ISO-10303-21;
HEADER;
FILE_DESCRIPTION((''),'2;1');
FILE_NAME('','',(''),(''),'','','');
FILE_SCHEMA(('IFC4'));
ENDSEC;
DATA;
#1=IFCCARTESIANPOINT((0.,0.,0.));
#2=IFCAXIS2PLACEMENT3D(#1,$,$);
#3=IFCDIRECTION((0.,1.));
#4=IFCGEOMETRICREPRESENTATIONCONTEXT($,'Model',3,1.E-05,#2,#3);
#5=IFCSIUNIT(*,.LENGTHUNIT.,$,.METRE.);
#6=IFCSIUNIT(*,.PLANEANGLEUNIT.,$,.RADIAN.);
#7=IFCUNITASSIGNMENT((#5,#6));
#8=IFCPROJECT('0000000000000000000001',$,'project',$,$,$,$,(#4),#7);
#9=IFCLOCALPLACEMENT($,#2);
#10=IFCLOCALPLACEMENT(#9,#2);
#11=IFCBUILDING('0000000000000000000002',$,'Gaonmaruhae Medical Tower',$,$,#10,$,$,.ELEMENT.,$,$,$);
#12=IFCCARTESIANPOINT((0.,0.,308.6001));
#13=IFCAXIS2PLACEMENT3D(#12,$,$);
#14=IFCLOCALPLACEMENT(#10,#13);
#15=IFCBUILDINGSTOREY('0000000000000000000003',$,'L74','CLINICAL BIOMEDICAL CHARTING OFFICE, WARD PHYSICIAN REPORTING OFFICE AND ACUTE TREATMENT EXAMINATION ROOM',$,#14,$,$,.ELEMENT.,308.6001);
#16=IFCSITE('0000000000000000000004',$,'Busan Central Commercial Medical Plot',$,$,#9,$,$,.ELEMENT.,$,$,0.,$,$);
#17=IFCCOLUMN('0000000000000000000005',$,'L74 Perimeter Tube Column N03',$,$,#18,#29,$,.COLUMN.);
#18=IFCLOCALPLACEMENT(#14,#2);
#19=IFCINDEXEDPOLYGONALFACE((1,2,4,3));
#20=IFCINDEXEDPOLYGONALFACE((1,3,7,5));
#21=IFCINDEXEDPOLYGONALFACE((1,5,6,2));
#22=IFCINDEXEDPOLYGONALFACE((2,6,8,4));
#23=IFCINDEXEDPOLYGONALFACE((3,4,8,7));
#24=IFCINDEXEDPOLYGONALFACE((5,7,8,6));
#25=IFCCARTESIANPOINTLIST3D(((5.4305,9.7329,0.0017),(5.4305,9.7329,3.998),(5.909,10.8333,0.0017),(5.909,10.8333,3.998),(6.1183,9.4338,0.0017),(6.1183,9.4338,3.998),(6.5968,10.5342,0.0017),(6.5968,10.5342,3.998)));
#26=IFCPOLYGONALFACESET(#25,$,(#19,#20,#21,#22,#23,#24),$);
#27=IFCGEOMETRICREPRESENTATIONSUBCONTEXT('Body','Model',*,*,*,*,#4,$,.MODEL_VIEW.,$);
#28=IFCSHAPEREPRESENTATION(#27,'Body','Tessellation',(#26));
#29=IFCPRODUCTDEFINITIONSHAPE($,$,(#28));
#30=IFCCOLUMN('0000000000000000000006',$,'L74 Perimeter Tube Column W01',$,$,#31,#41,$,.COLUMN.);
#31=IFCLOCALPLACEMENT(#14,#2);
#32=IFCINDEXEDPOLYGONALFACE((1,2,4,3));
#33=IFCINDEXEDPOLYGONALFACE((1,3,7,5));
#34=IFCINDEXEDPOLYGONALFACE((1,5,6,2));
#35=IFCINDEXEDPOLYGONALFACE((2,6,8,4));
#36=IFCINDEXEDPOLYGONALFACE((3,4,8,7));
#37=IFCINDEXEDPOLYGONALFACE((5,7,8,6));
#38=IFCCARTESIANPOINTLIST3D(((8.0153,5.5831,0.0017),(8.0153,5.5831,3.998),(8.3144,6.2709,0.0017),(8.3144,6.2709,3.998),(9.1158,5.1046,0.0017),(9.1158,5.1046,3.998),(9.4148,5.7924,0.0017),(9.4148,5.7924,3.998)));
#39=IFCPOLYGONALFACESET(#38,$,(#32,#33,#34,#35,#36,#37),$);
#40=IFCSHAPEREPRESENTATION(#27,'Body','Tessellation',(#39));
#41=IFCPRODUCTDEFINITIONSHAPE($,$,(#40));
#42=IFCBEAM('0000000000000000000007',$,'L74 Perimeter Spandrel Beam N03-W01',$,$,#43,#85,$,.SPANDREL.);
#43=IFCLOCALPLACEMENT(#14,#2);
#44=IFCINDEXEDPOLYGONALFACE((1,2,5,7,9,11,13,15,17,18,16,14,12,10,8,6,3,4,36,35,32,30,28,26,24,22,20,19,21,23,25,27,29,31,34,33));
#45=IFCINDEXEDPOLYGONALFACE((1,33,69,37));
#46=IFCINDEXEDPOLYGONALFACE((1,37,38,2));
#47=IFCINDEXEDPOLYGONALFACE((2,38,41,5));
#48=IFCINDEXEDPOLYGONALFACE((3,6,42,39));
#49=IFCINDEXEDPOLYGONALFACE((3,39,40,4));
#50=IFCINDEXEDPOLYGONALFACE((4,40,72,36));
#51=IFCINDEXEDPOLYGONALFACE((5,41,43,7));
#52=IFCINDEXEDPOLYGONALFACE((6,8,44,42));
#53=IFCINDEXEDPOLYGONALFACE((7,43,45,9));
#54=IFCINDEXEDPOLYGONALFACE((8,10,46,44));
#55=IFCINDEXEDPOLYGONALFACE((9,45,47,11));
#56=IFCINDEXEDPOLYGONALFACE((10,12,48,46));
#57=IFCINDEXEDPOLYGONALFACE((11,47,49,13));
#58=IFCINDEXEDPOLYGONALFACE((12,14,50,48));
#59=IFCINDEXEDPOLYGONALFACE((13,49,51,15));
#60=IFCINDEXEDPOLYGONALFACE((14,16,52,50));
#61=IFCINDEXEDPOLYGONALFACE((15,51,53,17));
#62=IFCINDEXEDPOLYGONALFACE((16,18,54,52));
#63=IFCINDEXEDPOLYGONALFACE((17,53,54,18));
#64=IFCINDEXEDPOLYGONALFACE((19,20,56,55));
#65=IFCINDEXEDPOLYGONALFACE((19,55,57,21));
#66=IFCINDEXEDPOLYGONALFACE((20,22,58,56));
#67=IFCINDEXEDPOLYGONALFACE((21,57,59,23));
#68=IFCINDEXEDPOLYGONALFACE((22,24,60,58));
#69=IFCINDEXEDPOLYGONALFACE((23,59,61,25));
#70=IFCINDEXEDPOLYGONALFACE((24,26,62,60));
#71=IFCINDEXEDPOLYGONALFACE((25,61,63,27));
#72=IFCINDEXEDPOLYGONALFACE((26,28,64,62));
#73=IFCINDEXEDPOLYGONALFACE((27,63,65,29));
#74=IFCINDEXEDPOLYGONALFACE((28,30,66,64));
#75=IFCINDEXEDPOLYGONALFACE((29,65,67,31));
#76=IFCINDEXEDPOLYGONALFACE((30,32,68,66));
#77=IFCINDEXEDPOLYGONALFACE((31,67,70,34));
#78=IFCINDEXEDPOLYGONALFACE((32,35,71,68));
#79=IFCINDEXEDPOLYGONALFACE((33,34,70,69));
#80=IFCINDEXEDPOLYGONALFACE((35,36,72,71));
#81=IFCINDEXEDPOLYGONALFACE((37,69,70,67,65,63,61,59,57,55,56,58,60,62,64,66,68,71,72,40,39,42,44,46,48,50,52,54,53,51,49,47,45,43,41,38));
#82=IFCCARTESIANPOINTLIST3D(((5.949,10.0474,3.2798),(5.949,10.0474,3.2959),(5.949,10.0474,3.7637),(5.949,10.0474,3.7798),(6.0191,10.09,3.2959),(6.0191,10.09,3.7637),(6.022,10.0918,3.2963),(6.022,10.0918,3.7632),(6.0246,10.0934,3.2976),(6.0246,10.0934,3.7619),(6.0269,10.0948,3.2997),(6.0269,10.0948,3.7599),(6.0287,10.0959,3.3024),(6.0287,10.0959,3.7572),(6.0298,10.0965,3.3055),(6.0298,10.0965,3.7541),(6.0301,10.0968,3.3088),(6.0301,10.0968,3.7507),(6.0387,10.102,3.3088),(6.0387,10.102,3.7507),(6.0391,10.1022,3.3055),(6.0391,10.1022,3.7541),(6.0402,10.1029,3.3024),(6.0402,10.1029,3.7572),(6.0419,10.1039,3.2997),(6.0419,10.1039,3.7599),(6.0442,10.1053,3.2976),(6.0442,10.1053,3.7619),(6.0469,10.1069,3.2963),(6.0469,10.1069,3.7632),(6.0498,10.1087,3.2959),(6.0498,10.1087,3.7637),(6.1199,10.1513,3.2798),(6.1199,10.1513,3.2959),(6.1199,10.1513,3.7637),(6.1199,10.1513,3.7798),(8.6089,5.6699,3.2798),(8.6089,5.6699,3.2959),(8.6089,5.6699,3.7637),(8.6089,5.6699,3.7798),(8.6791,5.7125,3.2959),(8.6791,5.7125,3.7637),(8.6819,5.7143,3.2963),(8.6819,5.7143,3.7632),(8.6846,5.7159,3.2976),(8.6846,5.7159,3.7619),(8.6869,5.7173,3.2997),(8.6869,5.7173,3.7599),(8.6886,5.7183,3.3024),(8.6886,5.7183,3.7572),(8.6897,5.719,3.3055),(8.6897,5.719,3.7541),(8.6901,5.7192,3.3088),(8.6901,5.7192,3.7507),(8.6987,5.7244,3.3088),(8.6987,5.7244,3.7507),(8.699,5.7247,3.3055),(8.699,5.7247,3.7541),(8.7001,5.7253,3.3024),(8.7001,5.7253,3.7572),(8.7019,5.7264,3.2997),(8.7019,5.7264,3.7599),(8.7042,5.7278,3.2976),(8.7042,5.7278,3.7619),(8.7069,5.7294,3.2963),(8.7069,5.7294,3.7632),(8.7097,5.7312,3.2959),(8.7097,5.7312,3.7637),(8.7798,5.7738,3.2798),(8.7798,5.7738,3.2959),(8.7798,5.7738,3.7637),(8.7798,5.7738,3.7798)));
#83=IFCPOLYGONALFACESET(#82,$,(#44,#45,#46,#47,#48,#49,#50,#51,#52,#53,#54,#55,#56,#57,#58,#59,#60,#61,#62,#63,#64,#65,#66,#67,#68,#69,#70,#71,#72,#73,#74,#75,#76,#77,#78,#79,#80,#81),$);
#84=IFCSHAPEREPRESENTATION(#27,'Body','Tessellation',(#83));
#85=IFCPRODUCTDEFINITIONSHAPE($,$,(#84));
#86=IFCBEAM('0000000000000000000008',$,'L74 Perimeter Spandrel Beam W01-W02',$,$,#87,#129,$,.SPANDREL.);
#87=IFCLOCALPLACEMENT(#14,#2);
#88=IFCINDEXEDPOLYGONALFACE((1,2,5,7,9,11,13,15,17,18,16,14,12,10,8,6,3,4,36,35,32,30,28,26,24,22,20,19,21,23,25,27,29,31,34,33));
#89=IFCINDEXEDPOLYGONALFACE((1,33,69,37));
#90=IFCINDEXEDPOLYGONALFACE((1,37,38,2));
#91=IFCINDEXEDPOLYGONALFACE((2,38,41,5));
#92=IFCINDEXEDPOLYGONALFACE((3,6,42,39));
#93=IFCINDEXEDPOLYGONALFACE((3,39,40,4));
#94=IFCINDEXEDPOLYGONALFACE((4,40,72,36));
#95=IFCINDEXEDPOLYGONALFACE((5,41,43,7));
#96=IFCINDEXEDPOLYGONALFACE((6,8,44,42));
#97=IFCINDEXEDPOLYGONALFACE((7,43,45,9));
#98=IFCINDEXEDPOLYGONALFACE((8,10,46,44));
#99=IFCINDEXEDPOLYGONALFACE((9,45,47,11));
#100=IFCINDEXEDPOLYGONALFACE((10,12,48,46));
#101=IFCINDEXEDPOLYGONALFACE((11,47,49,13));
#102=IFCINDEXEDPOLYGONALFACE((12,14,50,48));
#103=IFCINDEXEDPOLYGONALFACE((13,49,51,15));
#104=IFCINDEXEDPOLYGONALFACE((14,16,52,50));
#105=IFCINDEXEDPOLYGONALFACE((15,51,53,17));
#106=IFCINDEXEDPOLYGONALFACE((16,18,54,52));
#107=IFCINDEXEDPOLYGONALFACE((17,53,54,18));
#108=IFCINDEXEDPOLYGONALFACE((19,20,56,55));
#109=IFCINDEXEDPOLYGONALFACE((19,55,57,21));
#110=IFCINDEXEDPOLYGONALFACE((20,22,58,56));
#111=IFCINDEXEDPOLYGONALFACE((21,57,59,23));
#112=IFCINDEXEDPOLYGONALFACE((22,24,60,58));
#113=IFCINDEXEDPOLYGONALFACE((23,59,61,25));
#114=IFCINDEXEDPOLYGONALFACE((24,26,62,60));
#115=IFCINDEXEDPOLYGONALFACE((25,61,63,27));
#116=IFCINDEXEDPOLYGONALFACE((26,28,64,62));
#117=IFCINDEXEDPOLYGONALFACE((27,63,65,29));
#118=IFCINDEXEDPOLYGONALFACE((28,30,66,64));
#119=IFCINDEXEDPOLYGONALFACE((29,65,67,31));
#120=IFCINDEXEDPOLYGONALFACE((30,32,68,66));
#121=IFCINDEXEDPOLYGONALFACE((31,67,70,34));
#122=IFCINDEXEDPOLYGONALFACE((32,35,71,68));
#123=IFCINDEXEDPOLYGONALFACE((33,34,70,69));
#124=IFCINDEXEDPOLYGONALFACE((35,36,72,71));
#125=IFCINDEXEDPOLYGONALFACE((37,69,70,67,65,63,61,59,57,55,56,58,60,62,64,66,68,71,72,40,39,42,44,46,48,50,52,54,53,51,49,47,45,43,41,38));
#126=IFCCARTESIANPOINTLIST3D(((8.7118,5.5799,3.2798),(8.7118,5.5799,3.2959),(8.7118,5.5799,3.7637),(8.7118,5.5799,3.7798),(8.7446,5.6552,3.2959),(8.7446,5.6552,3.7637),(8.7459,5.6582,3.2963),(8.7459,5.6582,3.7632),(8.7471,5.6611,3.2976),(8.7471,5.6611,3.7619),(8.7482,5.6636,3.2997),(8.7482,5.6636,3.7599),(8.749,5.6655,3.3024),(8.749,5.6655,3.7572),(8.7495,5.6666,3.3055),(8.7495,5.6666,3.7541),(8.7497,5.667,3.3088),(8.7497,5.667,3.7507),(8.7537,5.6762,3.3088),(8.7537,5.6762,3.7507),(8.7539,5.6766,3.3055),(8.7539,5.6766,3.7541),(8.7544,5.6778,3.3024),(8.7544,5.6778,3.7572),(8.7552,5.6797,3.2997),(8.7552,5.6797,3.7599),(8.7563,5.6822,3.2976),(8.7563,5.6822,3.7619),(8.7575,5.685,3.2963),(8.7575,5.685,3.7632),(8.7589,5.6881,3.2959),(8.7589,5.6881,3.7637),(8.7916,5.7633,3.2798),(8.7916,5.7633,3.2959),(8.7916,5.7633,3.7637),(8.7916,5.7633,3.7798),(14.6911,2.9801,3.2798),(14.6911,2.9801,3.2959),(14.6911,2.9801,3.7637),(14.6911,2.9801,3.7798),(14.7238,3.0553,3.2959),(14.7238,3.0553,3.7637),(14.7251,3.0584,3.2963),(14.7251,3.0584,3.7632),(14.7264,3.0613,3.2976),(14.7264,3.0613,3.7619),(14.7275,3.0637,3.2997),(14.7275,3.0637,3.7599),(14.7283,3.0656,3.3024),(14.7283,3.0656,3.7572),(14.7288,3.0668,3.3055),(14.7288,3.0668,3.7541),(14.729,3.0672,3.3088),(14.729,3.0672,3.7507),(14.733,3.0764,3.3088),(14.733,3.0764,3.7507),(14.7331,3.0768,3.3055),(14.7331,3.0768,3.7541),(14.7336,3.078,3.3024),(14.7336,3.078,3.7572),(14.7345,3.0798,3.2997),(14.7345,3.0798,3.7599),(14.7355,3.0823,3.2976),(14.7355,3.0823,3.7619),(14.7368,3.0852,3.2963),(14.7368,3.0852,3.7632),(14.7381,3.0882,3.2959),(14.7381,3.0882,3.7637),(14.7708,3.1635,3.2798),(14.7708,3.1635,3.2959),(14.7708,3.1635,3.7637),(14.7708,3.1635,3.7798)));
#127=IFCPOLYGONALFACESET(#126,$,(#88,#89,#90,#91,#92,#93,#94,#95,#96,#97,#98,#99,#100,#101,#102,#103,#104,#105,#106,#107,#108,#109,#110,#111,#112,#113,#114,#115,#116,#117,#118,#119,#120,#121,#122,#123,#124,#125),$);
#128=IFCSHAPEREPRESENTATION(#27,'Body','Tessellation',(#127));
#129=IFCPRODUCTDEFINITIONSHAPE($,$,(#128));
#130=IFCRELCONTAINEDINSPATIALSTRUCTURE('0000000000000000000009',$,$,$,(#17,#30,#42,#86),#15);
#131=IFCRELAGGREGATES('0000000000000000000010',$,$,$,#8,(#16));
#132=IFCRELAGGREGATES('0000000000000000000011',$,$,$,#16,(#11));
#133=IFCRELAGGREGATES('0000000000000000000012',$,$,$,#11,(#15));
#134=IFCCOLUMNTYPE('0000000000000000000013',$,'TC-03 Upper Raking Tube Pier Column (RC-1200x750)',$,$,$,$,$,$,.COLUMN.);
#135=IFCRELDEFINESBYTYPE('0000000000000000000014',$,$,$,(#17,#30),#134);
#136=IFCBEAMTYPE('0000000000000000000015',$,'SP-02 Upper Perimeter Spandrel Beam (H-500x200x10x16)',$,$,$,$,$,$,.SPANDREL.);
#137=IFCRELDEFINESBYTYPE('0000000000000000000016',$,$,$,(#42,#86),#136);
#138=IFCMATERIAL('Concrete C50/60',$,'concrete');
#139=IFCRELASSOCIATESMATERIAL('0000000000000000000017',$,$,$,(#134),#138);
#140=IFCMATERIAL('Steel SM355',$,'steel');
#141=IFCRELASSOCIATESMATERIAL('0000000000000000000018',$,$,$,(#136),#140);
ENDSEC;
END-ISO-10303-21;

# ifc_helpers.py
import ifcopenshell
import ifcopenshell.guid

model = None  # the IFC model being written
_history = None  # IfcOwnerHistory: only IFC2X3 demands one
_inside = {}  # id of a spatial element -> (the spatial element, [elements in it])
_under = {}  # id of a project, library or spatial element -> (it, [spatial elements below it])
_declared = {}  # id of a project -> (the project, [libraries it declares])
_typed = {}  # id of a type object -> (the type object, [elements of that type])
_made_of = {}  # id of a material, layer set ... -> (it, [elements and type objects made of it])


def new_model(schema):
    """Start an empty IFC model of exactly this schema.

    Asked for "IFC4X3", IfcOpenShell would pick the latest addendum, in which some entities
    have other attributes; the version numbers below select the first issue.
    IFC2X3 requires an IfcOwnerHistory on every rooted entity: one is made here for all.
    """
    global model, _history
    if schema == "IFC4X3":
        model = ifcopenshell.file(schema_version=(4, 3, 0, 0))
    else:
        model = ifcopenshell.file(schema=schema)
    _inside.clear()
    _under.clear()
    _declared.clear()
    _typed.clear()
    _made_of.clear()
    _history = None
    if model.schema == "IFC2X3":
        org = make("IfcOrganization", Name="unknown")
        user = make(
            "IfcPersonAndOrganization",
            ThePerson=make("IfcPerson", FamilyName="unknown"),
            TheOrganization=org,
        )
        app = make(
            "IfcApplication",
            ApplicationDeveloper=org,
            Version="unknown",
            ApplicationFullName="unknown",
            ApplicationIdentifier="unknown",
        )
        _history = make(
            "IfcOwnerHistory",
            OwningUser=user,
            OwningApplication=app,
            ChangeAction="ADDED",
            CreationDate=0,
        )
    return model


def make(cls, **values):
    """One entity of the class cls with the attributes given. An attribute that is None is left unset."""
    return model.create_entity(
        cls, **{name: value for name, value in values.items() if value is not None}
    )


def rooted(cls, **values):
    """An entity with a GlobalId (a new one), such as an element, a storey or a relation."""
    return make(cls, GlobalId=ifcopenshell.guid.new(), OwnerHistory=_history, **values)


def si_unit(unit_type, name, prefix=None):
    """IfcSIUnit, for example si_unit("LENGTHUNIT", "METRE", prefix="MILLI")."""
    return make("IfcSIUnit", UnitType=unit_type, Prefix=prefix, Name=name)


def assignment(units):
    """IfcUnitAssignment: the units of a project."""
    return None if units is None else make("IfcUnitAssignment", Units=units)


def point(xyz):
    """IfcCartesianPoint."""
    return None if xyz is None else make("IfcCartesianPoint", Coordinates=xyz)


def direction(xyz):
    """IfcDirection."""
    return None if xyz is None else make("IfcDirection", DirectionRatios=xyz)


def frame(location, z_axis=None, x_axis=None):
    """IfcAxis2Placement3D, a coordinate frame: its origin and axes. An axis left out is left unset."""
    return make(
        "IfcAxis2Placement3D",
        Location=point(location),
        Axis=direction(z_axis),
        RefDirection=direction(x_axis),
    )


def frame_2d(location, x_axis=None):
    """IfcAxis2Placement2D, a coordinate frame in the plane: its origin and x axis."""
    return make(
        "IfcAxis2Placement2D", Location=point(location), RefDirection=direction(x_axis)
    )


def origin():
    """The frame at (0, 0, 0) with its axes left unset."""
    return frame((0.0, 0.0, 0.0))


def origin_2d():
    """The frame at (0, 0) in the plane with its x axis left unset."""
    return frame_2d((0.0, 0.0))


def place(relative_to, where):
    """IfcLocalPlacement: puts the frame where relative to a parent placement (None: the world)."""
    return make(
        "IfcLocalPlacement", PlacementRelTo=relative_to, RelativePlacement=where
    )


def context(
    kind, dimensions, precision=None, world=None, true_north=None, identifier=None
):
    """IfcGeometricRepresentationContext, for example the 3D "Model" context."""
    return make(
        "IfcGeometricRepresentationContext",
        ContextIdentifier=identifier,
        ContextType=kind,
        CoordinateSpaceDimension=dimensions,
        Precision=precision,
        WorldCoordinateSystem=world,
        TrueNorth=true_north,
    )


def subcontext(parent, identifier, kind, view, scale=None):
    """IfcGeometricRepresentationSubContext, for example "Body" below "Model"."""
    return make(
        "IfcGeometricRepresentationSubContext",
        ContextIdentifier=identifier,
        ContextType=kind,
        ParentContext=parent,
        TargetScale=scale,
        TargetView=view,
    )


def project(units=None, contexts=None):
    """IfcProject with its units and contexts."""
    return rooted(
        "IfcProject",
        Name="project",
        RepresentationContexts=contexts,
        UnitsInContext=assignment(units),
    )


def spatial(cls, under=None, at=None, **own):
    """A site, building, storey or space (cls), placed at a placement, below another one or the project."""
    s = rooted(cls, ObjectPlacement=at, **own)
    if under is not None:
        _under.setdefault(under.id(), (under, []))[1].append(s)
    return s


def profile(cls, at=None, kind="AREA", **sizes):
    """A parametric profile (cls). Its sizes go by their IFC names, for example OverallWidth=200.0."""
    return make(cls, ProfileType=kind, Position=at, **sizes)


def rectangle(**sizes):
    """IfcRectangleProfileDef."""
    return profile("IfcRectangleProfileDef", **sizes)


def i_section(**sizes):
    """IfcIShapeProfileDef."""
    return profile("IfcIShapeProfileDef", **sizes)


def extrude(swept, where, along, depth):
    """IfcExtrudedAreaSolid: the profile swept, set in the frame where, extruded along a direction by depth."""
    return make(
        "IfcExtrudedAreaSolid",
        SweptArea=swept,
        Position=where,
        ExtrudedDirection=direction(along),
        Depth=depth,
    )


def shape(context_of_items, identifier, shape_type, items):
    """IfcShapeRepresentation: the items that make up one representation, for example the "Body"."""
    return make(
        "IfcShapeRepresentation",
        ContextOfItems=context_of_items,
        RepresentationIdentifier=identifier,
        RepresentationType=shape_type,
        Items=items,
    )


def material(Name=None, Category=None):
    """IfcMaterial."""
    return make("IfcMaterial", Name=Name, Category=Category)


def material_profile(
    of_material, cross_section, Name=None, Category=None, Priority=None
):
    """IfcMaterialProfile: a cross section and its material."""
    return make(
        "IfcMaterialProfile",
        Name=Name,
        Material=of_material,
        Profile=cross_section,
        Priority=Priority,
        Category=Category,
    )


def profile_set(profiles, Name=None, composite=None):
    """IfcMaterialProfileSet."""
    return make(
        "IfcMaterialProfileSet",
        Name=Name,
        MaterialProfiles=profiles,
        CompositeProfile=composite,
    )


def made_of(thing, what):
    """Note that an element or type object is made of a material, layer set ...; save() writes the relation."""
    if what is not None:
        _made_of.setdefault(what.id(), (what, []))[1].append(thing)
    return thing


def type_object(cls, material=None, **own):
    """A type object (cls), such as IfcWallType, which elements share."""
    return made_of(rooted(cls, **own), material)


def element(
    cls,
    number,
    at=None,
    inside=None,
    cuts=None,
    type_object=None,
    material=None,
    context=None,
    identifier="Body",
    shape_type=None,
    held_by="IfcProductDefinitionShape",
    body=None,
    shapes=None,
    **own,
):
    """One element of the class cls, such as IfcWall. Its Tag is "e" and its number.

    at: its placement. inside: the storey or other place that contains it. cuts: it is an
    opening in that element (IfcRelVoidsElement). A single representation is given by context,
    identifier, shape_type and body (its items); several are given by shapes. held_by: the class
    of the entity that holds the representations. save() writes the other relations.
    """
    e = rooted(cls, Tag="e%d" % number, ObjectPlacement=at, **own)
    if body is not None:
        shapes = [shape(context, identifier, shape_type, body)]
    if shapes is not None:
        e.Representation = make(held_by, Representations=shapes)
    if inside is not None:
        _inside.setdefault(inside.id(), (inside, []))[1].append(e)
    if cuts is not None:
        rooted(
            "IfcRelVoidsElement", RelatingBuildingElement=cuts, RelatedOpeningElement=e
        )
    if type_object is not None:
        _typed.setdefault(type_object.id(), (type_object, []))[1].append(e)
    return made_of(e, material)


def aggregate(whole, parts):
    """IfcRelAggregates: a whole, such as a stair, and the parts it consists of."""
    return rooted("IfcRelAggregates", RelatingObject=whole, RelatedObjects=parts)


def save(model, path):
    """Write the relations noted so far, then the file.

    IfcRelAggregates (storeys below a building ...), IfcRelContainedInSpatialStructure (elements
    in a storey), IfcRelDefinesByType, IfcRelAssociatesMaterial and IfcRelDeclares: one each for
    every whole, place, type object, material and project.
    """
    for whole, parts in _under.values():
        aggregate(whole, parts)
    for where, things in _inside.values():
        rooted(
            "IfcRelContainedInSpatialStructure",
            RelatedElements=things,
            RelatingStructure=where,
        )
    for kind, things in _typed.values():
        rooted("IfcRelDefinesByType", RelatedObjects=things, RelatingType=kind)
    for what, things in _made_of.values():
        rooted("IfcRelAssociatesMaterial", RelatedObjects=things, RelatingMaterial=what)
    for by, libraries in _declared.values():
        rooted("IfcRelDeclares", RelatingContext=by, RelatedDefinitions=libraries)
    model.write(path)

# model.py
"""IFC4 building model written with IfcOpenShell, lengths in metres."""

from ifc_helpers import new_model, si_unit, direction, frame, origin, origin_2d, place, context, subcontext, project, spatial, rectangle, i_section, extrude, material, material_profile, profile_set, type_object, element, save


model = new_model("IFC4")

# Units and contexts
model_context = context("Model", 3, precision=1e-05, world=origin(), true_north=direction((0.0, 1.0)))
body_context = subcontext(model_context, "Body", "Model", "MODEL_VIEW")
ifc_project = project(units=[si_unit("LENGTHUNIT", "METRE"), si_unit("PLANEANGLEUNIT", "RADIAN")], contexts=[model_context])

# Site, building, storey
site_placement = place(None, origin())
site = spatial("IfcSite", under=ifc_project, at=site_placement, Name="Busan Central Commercial Medical Plot", CompositionType="ELEMENT", RefElevation=0.0)
building_placement = place(site_placement, origin())
building = spatial("IfcBuilding", under=site, at=building_placement, Name="Gaonmaruhae Medical Tower", CompositionType="ELEMENT")
storey_placement = place(building_placement, frame((0.0, 0.0, 308.6001)))
storey = spatial("IfcBuildingStorey", under=building, at=storey_placement, Name="L74", Description="CLINICAL BIOMEDICAL CHARTING OFFICE, WARD PHYSICIAN REPORTING OFFICE AND ACUTE TREATMENT EXAMINATION ROOM", CompositionType="ELEMENT", Elevation=308.6001)

# Columns
ifc_material_1 = material(Name="Concrete C50/60", Category="concrete")
ifc_material_profile_1 = material_profile(ifc_material_1, rectangle(XDim=1.2, YDim=0.75, at=origin_2d()), Name="RC-1200x750")
ifc_profile_set_1 = profile_set([ifc_material_profile_1], Name="Concrete C50/60")
column_type = type_object("IfcColumnType", Name="TC-03 Upper Raking Tube Pier Column (RC-1200x750)", PredefinedType="COLUMN", material=ifc_profile_set_1)
for number, where, z_axis, x_axis, name in (
    (1, (6.0137, 10.1335, 0.0017), (0.0, 0.0, 1.0), (0.398749, 0.91706, 0.0), "L74 Perimeter Tube Column N03"),
    (2, (8.7151, 5.6877, 0.0017), (0.0, 0.0, 1.0), (-0.91706, 0.398749, 0.0), "L74 Perimeter Tube Column W01"),
):
    element("IfcColumn", number, at=place(storey_placement, frame(where, z_axis=z_axis, x_axis=x_axis)), inside=storey, type_object=column_type, Name=name, PredefinedType="COLUMN", context=body_context, shape_type="SweptSolid", body=[
        extrude(rectangle(XDim=1.2, YDim=0.75, at=origin_2d()), origin(), (0.0, 0.0, 1.0), 3.9963),
    ])

# Beams
ifc_material_2 = material(Name="Steel SM355", Category="steel")
ifc_material_profile_2 = material_profile(ifc_material_2, i_section(OverallWidth=0.2, OverallDepth=0.5, WebThickness=0.01, FlangeThickness=0.0161, FilletRadius=0.0129, at=origin_2d()), Name="H-500x200x10x16")
ifc_profile_set_2 = profile_set([ifc_material_profile_2], Name="Steel SM355")
beam_type = type_object("IfcBeamType", Name="SP-02 Upper Perimeter Spandrel Beam (H-500x200x10x16)", PredefinedType="SPANDREL", material=ifc_profile_set_2)
beam_1_placement = place(storey_placement, frame((6.0344, 10.0994, 3.5298), z_axis=(0.519289, -0.854599, 0.0), x_axis=(0.854599, 0.519289, 0.0)))
element("IfcBeam", 3, at=beam_1_placement, inside=storey, type_object=beam_type, Name="L74 Perimeter Spandrel Beam N03-W01", PredefinedType="SPANDREL", context=body_context, shape_type="SweptSolid", body=[
    extrude(i_section(OverallWidth=0.2, OverallDepth=0.5, WebThickness=0.01, FlangeThickness=0.0161, FilletRadius=0.0129, at=origin_2d()), origin(), (0.0, 0.0, 1.0), 5.1223),
])
beam_2_placement = place(storey_placement, frame((8.7517, 5.6716, 3.5298), z_axis=(0.91706, -0.398749, 0.0), x_axis=(0.398749, 0.91706, 0.0)))
element("IfcBeam", 4, at=beam_2_placement, inside=storey, type_object=beam_type, Name="L74 Perimeter Spandrel Beam W01-W02", PredefinedType="SPANDREL", context=body_context, shape_type="SweptSolid", body=[
    extrude(i_section(OverallWidth=0.2, OverallDepth=0.5, WebThickness=0.01, FlangeThickness=0.0161, FilletRadius=0.0129, at=origin_2d()), origin(), (0.0, 0.0, 1.0), 6.52),
])

save(model, "model.ifc")
